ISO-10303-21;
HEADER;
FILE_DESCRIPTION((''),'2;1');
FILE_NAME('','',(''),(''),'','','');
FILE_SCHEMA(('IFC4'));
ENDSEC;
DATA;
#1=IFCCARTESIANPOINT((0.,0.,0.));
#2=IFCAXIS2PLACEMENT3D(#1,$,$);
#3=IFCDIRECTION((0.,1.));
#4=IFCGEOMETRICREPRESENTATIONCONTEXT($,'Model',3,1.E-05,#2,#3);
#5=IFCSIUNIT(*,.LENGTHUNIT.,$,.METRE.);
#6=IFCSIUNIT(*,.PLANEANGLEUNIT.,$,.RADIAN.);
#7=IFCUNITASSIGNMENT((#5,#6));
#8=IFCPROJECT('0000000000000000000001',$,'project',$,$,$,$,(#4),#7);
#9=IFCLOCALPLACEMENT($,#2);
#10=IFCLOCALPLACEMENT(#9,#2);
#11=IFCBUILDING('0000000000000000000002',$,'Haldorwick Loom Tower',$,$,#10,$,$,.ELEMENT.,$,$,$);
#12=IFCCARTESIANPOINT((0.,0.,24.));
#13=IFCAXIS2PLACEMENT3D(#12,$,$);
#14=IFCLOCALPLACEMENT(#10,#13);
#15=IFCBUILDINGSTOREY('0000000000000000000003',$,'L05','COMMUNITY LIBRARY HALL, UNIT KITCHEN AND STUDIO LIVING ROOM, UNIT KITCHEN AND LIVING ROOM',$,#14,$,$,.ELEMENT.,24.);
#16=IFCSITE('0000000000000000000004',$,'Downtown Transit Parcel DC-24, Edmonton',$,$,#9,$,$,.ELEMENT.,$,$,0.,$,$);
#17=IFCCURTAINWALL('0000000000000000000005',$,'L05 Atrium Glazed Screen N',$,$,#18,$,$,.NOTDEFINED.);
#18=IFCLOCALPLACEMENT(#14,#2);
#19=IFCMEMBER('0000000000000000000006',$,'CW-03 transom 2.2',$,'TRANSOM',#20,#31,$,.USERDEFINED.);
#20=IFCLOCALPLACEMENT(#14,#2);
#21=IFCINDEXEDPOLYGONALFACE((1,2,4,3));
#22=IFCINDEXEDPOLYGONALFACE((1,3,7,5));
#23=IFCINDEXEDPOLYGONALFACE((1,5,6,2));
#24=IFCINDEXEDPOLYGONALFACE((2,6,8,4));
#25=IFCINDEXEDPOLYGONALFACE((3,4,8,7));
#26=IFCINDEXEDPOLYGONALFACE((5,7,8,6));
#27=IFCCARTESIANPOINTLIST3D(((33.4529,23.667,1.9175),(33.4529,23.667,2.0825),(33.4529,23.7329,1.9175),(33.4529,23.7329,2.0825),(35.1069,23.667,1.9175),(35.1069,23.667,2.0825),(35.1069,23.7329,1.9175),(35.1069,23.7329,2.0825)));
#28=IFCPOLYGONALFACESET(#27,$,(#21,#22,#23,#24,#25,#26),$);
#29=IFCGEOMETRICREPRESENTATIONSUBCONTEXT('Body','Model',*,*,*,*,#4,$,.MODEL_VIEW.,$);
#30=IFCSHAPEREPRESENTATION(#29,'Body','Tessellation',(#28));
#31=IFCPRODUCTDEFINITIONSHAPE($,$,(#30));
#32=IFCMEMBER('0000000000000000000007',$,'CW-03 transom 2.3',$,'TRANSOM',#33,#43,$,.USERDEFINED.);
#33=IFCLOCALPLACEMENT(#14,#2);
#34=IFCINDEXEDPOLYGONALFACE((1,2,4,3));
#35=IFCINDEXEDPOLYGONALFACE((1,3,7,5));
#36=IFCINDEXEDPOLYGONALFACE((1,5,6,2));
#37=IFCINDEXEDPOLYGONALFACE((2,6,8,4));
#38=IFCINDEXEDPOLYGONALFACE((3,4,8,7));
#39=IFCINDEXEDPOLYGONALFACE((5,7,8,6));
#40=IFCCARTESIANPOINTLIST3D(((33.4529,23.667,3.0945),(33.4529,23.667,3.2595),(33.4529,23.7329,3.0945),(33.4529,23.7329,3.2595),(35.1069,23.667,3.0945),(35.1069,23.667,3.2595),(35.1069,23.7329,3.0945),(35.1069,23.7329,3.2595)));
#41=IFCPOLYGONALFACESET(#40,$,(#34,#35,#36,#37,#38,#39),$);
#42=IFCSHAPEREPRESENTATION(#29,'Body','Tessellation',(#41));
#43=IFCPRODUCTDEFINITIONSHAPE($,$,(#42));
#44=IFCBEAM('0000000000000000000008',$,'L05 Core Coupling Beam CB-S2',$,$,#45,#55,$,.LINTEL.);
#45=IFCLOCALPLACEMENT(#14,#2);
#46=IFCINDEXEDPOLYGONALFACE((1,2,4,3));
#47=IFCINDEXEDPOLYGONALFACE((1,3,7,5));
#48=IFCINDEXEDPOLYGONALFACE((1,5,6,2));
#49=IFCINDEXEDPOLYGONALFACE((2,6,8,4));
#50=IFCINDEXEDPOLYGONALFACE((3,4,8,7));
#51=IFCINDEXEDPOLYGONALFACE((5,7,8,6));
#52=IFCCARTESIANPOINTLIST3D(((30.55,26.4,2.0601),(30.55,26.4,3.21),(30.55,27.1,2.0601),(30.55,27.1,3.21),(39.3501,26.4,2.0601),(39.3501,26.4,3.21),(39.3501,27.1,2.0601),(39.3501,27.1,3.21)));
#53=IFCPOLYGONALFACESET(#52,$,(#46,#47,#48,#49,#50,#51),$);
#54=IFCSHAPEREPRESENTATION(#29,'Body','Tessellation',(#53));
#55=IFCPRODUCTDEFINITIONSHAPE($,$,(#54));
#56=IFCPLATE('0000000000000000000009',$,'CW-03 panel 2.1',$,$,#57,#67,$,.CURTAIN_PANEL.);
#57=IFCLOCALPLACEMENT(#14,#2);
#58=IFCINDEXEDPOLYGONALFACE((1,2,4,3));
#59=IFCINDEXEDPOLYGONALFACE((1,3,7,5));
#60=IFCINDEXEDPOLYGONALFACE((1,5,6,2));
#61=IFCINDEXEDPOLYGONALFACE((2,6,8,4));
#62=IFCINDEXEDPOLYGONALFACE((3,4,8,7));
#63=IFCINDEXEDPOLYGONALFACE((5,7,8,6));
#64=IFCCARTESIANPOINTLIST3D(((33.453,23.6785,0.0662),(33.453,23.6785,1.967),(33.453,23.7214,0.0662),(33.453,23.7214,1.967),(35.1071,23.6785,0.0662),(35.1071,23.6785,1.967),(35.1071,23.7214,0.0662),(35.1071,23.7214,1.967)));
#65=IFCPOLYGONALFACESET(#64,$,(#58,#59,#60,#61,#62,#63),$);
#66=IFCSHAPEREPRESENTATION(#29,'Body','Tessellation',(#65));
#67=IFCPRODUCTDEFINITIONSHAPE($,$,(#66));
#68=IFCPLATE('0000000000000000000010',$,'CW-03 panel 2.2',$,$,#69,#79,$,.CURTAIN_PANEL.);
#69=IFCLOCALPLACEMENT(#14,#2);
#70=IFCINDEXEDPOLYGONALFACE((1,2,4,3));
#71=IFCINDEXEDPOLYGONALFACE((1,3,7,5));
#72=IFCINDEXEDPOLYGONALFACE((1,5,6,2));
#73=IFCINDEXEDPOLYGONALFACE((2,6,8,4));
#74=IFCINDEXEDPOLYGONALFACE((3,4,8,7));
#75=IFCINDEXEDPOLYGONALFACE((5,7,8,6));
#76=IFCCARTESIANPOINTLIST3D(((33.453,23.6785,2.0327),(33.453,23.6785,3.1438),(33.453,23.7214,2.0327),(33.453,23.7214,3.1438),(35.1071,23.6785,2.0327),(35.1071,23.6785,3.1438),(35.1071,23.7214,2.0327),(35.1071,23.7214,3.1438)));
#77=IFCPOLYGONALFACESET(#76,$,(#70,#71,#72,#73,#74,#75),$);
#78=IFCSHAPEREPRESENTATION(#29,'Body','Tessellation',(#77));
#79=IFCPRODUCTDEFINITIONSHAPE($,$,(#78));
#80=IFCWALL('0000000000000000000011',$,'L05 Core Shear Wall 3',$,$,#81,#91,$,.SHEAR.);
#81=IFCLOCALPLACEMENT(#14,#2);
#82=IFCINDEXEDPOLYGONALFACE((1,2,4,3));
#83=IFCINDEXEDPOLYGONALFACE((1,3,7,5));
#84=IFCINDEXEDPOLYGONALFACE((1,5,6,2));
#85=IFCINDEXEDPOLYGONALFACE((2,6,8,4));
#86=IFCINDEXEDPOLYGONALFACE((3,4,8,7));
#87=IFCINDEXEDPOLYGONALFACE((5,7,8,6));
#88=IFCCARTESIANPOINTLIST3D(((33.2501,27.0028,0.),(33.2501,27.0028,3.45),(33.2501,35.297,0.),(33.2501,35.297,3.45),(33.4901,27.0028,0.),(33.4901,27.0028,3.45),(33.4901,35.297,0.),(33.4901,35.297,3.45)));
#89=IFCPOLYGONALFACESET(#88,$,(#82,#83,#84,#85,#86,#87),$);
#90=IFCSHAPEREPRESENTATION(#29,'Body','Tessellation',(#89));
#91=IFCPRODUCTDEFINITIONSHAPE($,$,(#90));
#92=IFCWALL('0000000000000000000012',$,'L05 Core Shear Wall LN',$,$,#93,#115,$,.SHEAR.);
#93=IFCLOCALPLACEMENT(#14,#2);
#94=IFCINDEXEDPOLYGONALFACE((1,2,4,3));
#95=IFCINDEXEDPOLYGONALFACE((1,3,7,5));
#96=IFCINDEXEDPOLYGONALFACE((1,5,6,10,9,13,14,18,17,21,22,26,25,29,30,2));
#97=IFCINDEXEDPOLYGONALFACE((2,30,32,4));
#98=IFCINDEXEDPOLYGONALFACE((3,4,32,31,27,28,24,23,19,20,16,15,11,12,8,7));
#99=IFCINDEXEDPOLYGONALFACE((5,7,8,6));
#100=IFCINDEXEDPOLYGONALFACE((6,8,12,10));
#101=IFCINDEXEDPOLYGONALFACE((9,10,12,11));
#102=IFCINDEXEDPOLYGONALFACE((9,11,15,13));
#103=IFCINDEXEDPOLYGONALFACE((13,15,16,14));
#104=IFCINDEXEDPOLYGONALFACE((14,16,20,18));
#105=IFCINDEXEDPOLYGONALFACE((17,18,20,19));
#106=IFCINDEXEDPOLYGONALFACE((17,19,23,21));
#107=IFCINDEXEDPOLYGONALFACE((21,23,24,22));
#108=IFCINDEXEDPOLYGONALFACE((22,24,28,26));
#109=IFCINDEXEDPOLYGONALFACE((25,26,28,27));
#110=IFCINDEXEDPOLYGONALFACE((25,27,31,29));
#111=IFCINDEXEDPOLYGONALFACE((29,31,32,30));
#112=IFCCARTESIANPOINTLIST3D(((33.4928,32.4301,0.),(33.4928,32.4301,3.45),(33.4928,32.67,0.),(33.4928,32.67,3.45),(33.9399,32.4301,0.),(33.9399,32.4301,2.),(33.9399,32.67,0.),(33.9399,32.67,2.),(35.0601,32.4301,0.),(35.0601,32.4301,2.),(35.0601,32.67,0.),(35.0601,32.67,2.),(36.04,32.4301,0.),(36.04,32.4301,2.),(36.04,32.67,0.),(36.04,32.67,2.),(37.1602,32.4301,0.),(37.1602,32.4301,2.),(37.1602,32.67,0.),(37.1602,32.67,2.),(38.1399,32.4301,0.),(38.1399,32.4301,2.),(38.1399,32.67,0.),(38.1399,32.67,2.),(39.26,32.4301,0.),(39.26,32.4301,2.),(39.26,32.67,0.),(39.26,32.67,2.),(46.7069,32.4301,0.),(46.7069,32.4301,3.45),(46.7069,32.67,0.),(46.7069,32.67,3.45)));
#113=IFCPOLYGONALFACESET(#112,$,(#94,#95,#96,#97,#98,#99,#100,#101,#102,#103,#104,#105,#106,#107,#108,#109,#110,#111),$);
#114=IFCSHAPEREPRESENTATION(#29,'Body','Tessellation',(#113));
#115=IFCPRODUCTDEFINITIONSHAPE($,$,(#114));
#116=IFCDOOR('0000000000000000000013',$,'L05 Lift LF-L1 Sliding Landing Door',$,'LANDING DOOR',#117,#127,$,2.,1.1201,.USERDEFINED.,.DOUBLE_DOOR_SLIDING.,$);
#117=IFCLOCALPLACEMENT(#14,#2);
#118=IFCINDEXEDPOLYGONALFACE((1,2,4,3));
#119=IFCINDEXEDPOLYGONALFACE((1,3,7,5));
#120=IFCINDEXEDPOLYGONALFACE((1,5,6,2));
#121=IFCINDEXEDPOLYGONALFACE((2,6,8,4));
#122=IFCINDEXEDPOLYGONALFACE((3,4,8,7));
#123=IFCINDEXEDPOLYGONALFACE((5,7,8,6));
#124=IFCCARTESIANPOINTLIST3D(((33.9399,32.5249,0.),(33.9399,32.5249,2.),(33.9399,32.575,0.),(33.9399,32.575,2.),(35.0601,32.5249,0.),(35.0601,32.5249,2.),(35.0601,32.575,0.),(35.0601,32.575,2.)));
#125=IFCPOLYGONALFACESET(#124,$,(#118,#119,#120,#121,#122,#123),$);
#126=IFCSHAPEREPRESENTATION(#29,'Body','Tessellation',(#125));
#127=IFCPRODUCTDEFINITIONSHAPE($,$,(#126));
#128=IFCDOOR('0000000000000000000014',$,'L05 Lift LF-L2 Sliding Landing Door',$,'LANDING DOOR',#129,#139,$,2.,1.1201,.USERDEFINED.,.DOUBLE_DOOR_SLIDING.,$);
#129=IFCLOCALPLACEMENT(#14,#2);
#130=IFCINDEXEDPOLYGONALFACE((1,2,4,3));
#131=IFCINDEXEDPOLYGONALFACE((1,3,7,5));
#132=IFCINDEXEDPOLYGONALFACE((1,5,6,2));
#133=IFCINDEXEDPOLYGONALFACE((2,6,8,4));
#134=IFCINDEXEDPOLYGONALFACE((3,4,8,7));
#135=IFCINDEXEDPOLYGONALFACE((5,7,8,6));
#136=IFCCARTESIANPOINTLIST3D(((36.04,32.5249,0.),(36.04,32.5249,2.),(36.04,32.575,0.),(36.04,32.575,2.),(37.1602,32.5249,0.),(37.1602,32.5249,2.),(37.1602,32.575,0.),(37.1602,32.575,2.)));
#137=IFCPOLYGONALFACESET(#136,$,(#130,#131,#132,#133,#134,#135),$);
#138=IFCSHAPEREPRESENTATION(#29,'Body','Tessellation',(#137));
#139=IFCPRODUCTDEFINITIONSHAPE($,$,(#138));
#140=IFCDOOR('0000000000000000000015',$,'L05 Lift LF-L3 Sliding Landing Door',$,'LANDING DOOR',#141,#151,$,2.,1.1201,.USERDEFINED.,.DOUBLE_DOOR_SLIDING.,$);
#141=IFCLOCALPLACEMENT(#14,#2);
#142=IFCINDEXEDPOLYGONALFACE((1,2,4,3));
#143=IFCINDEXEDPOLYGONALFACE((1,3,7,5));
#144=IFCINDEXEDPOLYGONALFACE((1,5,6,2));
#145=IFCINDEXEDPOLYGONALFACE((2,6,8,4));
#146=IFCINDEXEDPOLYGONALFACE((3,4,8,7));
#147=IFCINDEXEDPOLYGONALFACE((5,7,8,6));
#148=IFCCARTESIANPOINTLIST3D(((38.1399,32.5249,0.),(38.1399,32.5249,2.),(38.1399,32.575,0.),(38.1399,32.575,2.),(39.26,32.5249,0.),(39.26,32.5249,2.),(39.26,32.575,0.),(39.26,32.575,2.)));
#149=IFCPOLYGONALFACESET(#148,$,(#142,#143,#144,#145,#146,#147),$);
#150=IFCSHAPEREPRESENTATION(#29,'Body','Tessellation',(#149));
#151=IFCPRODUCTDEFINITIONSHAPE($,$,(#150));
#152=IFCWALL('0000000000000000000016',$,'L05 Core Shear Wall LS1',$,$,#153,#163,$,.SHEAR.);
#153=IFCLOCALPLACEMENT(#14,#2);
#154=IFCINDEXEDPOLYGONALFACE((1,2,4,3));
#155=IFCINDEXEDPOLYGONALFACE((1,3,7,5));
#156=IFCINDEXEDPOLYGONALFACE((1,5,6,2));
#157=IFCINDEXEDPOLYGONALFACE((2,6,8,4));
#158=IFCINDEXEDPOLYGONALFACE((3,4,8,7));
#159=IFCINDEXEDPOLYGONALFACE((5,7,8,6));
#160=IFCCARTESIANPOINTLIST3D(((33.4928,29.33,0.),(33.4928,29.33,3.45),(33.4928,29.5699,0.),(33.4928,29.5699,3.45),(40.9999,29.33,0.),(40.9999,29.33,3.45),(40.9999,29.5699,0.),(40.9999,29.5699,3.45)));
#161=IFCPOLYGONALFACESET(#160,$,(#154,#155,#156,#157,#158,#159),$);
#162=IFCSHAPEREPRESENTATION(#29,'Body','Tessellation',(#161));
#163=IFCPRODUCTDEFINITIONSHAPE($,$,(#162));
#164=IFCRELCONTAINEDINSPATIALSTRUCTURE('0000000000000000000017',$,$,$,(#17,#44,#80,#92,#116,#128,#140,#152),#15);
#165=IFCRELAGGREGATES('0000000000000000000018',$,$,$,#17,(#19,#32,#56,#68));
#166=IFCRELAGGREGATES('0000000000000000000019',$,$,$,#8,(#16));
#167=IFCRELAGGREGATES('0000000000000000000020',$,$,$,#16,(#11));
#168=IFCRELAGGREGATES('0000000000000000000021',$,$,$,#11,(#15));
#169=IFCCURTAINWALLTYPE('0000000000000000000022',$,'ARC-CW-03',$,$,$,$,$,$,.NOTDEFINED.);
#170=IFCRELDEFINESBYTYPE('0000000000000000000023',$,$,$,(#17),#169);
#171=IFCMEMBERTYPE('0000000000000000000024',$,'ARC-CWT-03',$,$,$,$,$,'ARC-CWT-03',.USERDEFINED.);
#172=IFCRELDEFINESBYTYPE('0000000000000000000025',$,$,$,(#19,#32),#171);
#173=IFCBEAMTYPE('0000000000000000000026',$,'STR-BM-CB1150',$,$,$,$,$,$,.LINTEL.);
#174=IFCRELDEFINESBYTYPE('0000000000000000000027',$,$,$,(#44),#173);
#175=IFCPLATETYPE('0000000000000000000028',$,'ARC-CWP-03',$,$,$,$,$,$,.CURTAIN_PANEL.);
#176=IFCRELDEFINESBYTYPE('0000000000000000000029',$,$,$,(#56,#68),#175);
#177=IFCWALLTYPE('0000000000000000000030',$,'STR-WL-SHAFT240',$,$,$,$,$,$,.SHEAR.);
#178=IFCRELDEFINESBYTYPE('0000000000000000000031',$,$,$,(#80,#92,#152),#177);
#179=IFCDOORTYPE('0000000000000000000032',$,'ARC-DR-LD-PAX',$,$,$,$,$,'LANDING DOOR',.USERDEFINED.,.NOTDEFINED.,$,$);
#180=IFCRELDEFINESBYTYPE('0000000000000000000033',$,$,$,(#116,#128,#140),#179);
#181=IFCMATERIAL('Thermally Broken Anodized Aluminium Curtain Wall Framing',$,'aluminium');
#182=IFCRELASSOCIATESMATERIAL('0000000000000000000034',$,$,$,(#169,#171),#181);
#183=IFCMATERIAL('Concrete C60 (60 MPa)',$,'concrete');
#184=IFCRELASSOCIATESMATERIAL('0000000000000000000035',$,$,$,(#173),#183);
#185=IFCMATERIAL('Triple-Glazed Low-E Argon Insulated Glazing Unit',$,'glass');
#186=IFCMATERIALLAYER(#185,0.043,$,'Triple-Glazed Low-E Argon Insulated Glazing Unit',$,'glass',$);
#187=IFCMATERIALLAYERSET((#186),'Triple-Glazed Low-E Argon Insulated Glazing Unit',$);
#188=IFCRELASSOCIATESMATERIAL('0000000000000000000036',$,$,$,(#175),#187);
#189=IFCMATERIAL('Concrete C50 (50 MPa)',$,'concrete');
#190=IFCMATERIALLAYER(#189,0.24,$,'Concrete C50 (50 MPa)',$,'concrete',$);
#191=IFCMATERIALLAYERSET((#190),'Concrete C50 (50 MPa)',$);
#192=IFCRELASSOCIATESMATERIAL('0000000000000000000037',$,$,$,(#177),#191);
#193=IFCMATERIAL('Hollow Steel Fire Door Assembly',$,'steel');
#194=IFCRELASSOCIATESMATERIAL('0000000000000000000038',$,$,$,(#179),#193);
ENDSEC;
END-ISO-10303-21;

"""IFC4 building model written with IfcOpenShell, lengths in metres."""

from ifc_helpers import new_model, si_unit, direction, frame, frame_2d, origin, origin_2d, place, context, subcontext, project, spatial, rectangle, extrude, material, layer, layer_set, material_profile, profile_set, type_object, element, fill, aggregate, save


model = new_model("IFC4")

# Units and contexts
model_context = context("Model", 3, precision=1e-05, world=origin(), true_north=direction((0.0, 1.0)))
body_context = subcontext(model_context, "Body", "Model", "MODEL_VIEW")
ifc_project = project(units=[si_unit("LENGTHUNIT", "METRE"), si_unit("PLANEANGLEUNIT", "RADIAN")], contexts=[model_context])

# Site, building, storey
site_placement = place(None, origin())
site = spatial("IfcSite", under=ifc_project, at=site_placement, Name="Downtown Transit Parcel DC-24, Edmonton", CompositionType="ELEMENT", RefElevation=0.0)
building_placement = place(site_placement, origin())
building = spatial("IfcBuilding", under=site, at=building_placement, Name="Haldorwick Loom Tower", CompositionType="ELEMENT")
storey_placement = place(building_placement, frame((0.0, 0.0, 24.0)))
storey = spatial("IfcBuildingStorey", under=building, at=storey_placement, Name="L05", Description="COMMUNITY LIBRARY HALL, UNIT KITCHEN AND STUDIO LIVING ROOM, UNIT KITCHEN AND LIVING ROOM", CompositionType="ELEMENT", Elevation=24.0)

# Curtain wall, members
ifc_material_1 = material(Name="Thermally Broken Anodized Aluminium Curtain Wall Framing", Category="aluminium")
curtain_wall_type = type_object("IfcCurtainWallType", Name="ARC-CW-03", PredefinedType="NOTDEFINED", material=ifc_material_1)
curtain_wall_placement = place(storey_placement, origin())
curtain_wall = element("IfcCurtainWall", 1, at=curtain_wall_placement, inside=storey, type_object=curtain_wall_type, Name="L05 Atrium Glazed Screen N", PredefinedType="NOTDEFINED")
ifc_material_profile_1 = material_profile(ifc_material_1, rectangle(XDim=0.0659, YDim=0.165, at=origin_2d()), Name="ALU_TRN_66X165", Category="aluminium")
ifc_profile_set_1 = profile_set([ifc_material_profile_1], Name="Thermally Broken Anodized Aluminium Curtain Wall Framing")
member_type = type_object("IfcMemberType", Name="ARC-CWT-03", ElementType="ARC-CWT-03", PredefinedType="USERDEFINED", material=ifc_profile_set_1)
member_1_placement = place(storey_placement, frame((33.4529, 23.7, 2.0), z_axis=(1.0, 0.0, 0.0), x_axis=(0.0, 1.0, 0.0)))
member_1 = element("IfcMember", 2, at=member_1_placement, type_object=member_type, Name="CW-03 transom 2.2", ObjectType="TRANSOM", PredefinedType="USERDEFINED", context=body_context, shape_type="SweptSolid", body=[
    extrude(rectangle(XDim=0.0659, YDim=0.165, at=origin_2d()), origin(), (0.0, 0.0, 1.0), 1.6541),
])
member_2_placement = place(storey_placement, frame((33.4529, 23.7, 3.177), z_axis=(1.0, 0.0, 0.0), x_axis=(0.0, 1.0, 0.0)))
member_2 = element("IfcMember", 3, at=member_2_placement, type_object=member_type, Name="CW-03 transom 2.3", ObjectType="TRANSOM", PredefinedType="USERDEFINED", context=body_context, shape_type="SweptSolid", body=[
    extrude(rectangle(XDim=0.0659, YDim=0.165, at=origin_2d()), origin(), (0.0, 0.0, 1.0), 1.6541),
])

# Beam
ifc_material_2 = material(Name="Concrete C60 (60 MPa)", Category="concrete")
ifc_material_profile_2 = material_profile(ifc_material_2, rectangle(XDim=0.7, YDim=1.1499, at=origin_2d()), Name="RC700X1150", Category="concrete")
ifc_profile_set_2 = profile_set([ifc_material_profile_2], Name="Concrete C60 (60 MPa)")
beam_type = type_object("IfcBeamType", Name="STR-BM-CB1150", PredefinedType="LINTEL", material=ifc_profile_set_2)
beam_placement = place(storey_placement, frame((30.55, 26.75, 2.635), z_axis=(1.0, 0.0, 0.0), x_axis=(0.0, 1.0, 0.0)))
element("IfcBeam", 4, at=beam_placement, inside=storey, type_object=beam_type, Name="L05 Core Coupling Beam CB-S2", PredefinedType="LINTEL", context=body_context, shape_type="SweptSolid", body=[
    extrude(rectangle(XDim=0.7, YDim=1.1499, at=origin_2d()), origin(), (0.0, 0.0, 1.0), 8.8),
])

# Plates
ifc_material_3 = material(Name="Triple-Glazed Low-E Argon Insulated Glazing Unit", Category="glass")
ifc_layer_1 = layer(ifc_material_3, 0.043, Name="Triple-Glazed Low-E Argon Insulated Glazing Unit", Category="glass")
ifc_layer_set_1 = layer_set([ifc_layer_1], Name="Triple-Glazed Low-E Argon Insulated Glazing Unit")
plate_type = type_object("IfcPlateType", Name="ARC-CWP-03", PredefinedType="CURTAIN_PANEL", material=ifc_layer_set_1)
plate_1_placement = place(storey_placement, frame((34.28, 23.7, 0.0662), z_axis=(0.0, 0.0, 1.0), x_axis=(1.0, 0.0, 0.0)))
plate_1 = element("IfcPlate", 5, at=plate_1_placement, type_object=plate_type, Name="CW-03 panel 2.1", PredefinedType="CURTAIN_PANEL", context=body_context, shape_type="SweptSolid", body=[
    extrude(rectangle(XDim=1.6541, YDim=0.043, at=origin_2d()), origin(), (0.0, 0.0, 1.0), 1.9009),
])
plate_2_placement = place(storey_placement, frame((34.28, 23.7, 2.0327), z_axis=(0.0, 0.0, 1.0), x_axis=(1.0, 0.0, 0.0)))
plate_2 = element("IfcPlate", 6, at=plate_2_placement, type_object=plate_type, Name="CW-03 panel 2.2", PredefinedType="CURTAIN_PANEL", context=body_context, shape_type="SweptSolid", body=[
    extrude(rectangle(XDim=1.6541, YDim=0.043, at=origin_2d()), origin(), (0.0, 0.0, 1.0), 1.1111),
])
aggregate(curtain_wall, [member_1, member_2, plate_1, plate_2])

# Wall
ifc_material_4 = material(Name="Concrete C50 (50 MPa)", Category="concrete")
ifc_layer_2 = layer(ifc_material_4, 0.24, Name="Concrete C50 (50 MPa)", Category="concrete")
ifc_layer_set_2 = layer_set([ifc_layer_2], Name="Concrete C50 (50 MPa)")
wall_type = type_object("IfcWallType", Name="STR-WL-SHAFT240", PredefinedType="SHEAR", material=ifc_layer_set_2)
wall_1_placement = place(storey_placement, frame((33.3701, 27.0029, 0.0), z_axis=(0.0, 0.0, 1.0), x_axis=(0.0, 1.0, 0.0)))
element("IfcWall", 7, at=wall_1_placement, inside=storey, type_object=wall_type, Name="L05 Core Shear Wall 3", PredefinedType="SHEAR", context=body_context, shape_type="SweptSolid", body=[
    extrude(rectangle(XDim=8.2942, YDim=0.24, at=frame_2d((4.147, 0.0))), origin(), (0.0, 0.0, 1.0), 3.45),
])

# Wall, openings, doors
wall_2_placement = place(storey_placement, frame((33.4929, 32.55, 0.0), z_axis=(0.0, 0.0, 1.0), x_axis=(1.0, 0.0, 0.0)))
wall_2 = element("IfcWall", 8, at=wall_2_placement, inside=storey, type_object=wall_type, Name="L05 Core Shear Wall LN", PredefinedType="SHEAR", context=body_context, shape_type="SweptSolid", body=[
    extrude(rectangle(XDim=13.2141, YDim=0.24, at=frame_2d((6.6069, 0.0))), origin(), (0.0, 0.0, 1.0), 3.45),
])
opening_1_placement = place(wall_2_placement, frame((0.447, 0.0, 0.0)))
opening_1 = element("IfcOpeningElement", 9, at=opening_1_placement, cuts=wall_2, PredefinedType="OPENING", context=body_context, shape_type="SweptSolid", body=[
    extrude(rectangle(XDim=1.1201, YDim=2.0, at=frame_2d((0.5601, 1.0))), frame((0.0, 0.1299, 0.0), z_axis=(0.0, -1.0, 0.0), x_axis=(1.0, 0.0, 0.0)), (0.0, 0.0, 1.0), 0.26),
])
opening_2_placement = place(wall_2_placement, frame((2.5471, 0.0, 0.0)))
opening_2 = element("IfcOpeningElement", 10, at=opening_2_placement, cuts=wall_2, PredefinedType="OPENING", context=body_context, shape_type="SweptSolid", body=[
    extrude(rectangle(XDim=1.1201, YDim=2.0, at=frame_2d((0.5601, 1.0))), frame((0.0, 0.1299, 0.0), z_axis=(0.0, -1.0, 0.0), x_axis=(1.0, 0.0, 0.0)), (0.0, 0.0, 1.0), 0.26),
])
opening_3_placement = place(wall_2_placement, frame((4.647, 0.0, 0.0)))
opening_3 = element("IfcOpeningElement", 11, at=opening_3_placement, cuts=wall_2, PredefinedType="OPENING", context=body_context, shape_type="SweptSolid", body=[
    extrude(rectangle(XDim=1.1201, YDim=2.0, at=frame_2d((0.5601, 1.0))), frame((0.0, 0.1299, 0.0), z_axis=(0.0, -1.0, 0.0), x_axis=(1.0, 0.0, 0.0)), (0.0, 0.0, 1.0), 0.26),
])
ifc_material_5 = material(Name="Hollow Steel Fire Door Assembly", Category="steel")
door_type = type_object("IfcDoorType", Name="ARC-DR-LD-PAX", ElementType="LANDING DOOR", OperationType="NOTDEFINED", PredefinedType="USERDEFINED", material=ifc_material_5)
door_1_placement = place(opening_1_placement, origin())
door_1 = element("IfcDoor", 12, at=door_1_placement, inside=storey, type_object=door_type, Name="L05 Lift LF-L1 Sliding Landing Door", ObjectType="LANDING DOOR", OperationType="DOUBLE_DOOR_SLIDING", OverallHeight=2.0, OverallWidth=1.1201, PredefinedType="USERDEFINED", context=body_context, shape_type="SweptSolid", body=[
    extrude(rectangle(XDim=1.1201, YDim=2.0, at=frame_2d((0.5601, 1.0))), frame((0.0, 0.0249, 0.0), z_axis=(0.0, -1.0, 0.0), x_axis=(1.0, 0.0, 0.0)), (0.0, 0.0, 1.0), 0.05),
])
fill(opening_1, door_1)
door_2_placement = place(opening_2_placement, origin())
door_2 = element("IfcDoor", 13, at=door_2_placement, inside=storey, type_object=door_type, Name="L05 Lift LF-L2 Sliding Landing Door", ObjectType="LANDING DOOR", OperationType="DOUBLE_DOOR_SLIDING", OverallHeight=2.0, OverallWidth=1.1201, PredefinedType="USERDEFINED", context=body_context, shape_type="SweptSolid", body=[
    extrude(rectangle(XDim=1.1201, YDim=2.0, at=frame_2d((0.5601, 1.0))), frame((0.0, 0.0249, 0.0), z_axis=(0.0, -1.0, 0.0), x_axis=(1.0, 0.0, 0.0)), (0.0, 0.0, 1.0), 0.05),
])
fill(opening_2, door_2)
door_3_placement = place(opening_3_placement, origin())
door_3 = element("IfcDoor", 14, at=door_3_placement, inside=storey, type_object=door_type, Name="L05 Lift LF-L3 Sliding Landing Door", ObjectType="LANDING DOOR", OperationType="DOUBLE_DOOR_SLIDING", OverallHeight=2.0, OverallWidth=1.1201, PredefinedType="USERDEFINED", context=body_context, shape_type="SweptSolid", body=[
    extrude(rectangle(XDim=1.1201, YDim=2.0, at=frame_2d((0.5601, 1.0))), frame((0.0, 0.0249, 0.0), z_axis=(0.0, -1.0, 0.0), x_axis=(1.0, 0.0, 0.0)), (0.0, 0.0, 1.0), 0.05),
])
fill(opening_3, door_3)

# Wall
wall_3_placement = place(storey_placement, frame((33.4929, 29.45, 0.0), z_axis=(0.0, 0.0, 1.0), x_axis=(1.0, 0.0, 0.0)))
element("IfcWall", 15, at=wall_3_placement, inside=storey, type_object=wall_type, Name="L05 Core Shear Wall LS1", PredefinedType="SHEAR", context=body_context, shape_type="SweptSolid", body=[
    extrude(rectangle(XDim=7.5071, YDim=0.24, at=frame_2d((3.7534, 0.0))), origin(), (0.0, 0.0, 1.0), 3.45),
])

save(model, "model.ifc")
